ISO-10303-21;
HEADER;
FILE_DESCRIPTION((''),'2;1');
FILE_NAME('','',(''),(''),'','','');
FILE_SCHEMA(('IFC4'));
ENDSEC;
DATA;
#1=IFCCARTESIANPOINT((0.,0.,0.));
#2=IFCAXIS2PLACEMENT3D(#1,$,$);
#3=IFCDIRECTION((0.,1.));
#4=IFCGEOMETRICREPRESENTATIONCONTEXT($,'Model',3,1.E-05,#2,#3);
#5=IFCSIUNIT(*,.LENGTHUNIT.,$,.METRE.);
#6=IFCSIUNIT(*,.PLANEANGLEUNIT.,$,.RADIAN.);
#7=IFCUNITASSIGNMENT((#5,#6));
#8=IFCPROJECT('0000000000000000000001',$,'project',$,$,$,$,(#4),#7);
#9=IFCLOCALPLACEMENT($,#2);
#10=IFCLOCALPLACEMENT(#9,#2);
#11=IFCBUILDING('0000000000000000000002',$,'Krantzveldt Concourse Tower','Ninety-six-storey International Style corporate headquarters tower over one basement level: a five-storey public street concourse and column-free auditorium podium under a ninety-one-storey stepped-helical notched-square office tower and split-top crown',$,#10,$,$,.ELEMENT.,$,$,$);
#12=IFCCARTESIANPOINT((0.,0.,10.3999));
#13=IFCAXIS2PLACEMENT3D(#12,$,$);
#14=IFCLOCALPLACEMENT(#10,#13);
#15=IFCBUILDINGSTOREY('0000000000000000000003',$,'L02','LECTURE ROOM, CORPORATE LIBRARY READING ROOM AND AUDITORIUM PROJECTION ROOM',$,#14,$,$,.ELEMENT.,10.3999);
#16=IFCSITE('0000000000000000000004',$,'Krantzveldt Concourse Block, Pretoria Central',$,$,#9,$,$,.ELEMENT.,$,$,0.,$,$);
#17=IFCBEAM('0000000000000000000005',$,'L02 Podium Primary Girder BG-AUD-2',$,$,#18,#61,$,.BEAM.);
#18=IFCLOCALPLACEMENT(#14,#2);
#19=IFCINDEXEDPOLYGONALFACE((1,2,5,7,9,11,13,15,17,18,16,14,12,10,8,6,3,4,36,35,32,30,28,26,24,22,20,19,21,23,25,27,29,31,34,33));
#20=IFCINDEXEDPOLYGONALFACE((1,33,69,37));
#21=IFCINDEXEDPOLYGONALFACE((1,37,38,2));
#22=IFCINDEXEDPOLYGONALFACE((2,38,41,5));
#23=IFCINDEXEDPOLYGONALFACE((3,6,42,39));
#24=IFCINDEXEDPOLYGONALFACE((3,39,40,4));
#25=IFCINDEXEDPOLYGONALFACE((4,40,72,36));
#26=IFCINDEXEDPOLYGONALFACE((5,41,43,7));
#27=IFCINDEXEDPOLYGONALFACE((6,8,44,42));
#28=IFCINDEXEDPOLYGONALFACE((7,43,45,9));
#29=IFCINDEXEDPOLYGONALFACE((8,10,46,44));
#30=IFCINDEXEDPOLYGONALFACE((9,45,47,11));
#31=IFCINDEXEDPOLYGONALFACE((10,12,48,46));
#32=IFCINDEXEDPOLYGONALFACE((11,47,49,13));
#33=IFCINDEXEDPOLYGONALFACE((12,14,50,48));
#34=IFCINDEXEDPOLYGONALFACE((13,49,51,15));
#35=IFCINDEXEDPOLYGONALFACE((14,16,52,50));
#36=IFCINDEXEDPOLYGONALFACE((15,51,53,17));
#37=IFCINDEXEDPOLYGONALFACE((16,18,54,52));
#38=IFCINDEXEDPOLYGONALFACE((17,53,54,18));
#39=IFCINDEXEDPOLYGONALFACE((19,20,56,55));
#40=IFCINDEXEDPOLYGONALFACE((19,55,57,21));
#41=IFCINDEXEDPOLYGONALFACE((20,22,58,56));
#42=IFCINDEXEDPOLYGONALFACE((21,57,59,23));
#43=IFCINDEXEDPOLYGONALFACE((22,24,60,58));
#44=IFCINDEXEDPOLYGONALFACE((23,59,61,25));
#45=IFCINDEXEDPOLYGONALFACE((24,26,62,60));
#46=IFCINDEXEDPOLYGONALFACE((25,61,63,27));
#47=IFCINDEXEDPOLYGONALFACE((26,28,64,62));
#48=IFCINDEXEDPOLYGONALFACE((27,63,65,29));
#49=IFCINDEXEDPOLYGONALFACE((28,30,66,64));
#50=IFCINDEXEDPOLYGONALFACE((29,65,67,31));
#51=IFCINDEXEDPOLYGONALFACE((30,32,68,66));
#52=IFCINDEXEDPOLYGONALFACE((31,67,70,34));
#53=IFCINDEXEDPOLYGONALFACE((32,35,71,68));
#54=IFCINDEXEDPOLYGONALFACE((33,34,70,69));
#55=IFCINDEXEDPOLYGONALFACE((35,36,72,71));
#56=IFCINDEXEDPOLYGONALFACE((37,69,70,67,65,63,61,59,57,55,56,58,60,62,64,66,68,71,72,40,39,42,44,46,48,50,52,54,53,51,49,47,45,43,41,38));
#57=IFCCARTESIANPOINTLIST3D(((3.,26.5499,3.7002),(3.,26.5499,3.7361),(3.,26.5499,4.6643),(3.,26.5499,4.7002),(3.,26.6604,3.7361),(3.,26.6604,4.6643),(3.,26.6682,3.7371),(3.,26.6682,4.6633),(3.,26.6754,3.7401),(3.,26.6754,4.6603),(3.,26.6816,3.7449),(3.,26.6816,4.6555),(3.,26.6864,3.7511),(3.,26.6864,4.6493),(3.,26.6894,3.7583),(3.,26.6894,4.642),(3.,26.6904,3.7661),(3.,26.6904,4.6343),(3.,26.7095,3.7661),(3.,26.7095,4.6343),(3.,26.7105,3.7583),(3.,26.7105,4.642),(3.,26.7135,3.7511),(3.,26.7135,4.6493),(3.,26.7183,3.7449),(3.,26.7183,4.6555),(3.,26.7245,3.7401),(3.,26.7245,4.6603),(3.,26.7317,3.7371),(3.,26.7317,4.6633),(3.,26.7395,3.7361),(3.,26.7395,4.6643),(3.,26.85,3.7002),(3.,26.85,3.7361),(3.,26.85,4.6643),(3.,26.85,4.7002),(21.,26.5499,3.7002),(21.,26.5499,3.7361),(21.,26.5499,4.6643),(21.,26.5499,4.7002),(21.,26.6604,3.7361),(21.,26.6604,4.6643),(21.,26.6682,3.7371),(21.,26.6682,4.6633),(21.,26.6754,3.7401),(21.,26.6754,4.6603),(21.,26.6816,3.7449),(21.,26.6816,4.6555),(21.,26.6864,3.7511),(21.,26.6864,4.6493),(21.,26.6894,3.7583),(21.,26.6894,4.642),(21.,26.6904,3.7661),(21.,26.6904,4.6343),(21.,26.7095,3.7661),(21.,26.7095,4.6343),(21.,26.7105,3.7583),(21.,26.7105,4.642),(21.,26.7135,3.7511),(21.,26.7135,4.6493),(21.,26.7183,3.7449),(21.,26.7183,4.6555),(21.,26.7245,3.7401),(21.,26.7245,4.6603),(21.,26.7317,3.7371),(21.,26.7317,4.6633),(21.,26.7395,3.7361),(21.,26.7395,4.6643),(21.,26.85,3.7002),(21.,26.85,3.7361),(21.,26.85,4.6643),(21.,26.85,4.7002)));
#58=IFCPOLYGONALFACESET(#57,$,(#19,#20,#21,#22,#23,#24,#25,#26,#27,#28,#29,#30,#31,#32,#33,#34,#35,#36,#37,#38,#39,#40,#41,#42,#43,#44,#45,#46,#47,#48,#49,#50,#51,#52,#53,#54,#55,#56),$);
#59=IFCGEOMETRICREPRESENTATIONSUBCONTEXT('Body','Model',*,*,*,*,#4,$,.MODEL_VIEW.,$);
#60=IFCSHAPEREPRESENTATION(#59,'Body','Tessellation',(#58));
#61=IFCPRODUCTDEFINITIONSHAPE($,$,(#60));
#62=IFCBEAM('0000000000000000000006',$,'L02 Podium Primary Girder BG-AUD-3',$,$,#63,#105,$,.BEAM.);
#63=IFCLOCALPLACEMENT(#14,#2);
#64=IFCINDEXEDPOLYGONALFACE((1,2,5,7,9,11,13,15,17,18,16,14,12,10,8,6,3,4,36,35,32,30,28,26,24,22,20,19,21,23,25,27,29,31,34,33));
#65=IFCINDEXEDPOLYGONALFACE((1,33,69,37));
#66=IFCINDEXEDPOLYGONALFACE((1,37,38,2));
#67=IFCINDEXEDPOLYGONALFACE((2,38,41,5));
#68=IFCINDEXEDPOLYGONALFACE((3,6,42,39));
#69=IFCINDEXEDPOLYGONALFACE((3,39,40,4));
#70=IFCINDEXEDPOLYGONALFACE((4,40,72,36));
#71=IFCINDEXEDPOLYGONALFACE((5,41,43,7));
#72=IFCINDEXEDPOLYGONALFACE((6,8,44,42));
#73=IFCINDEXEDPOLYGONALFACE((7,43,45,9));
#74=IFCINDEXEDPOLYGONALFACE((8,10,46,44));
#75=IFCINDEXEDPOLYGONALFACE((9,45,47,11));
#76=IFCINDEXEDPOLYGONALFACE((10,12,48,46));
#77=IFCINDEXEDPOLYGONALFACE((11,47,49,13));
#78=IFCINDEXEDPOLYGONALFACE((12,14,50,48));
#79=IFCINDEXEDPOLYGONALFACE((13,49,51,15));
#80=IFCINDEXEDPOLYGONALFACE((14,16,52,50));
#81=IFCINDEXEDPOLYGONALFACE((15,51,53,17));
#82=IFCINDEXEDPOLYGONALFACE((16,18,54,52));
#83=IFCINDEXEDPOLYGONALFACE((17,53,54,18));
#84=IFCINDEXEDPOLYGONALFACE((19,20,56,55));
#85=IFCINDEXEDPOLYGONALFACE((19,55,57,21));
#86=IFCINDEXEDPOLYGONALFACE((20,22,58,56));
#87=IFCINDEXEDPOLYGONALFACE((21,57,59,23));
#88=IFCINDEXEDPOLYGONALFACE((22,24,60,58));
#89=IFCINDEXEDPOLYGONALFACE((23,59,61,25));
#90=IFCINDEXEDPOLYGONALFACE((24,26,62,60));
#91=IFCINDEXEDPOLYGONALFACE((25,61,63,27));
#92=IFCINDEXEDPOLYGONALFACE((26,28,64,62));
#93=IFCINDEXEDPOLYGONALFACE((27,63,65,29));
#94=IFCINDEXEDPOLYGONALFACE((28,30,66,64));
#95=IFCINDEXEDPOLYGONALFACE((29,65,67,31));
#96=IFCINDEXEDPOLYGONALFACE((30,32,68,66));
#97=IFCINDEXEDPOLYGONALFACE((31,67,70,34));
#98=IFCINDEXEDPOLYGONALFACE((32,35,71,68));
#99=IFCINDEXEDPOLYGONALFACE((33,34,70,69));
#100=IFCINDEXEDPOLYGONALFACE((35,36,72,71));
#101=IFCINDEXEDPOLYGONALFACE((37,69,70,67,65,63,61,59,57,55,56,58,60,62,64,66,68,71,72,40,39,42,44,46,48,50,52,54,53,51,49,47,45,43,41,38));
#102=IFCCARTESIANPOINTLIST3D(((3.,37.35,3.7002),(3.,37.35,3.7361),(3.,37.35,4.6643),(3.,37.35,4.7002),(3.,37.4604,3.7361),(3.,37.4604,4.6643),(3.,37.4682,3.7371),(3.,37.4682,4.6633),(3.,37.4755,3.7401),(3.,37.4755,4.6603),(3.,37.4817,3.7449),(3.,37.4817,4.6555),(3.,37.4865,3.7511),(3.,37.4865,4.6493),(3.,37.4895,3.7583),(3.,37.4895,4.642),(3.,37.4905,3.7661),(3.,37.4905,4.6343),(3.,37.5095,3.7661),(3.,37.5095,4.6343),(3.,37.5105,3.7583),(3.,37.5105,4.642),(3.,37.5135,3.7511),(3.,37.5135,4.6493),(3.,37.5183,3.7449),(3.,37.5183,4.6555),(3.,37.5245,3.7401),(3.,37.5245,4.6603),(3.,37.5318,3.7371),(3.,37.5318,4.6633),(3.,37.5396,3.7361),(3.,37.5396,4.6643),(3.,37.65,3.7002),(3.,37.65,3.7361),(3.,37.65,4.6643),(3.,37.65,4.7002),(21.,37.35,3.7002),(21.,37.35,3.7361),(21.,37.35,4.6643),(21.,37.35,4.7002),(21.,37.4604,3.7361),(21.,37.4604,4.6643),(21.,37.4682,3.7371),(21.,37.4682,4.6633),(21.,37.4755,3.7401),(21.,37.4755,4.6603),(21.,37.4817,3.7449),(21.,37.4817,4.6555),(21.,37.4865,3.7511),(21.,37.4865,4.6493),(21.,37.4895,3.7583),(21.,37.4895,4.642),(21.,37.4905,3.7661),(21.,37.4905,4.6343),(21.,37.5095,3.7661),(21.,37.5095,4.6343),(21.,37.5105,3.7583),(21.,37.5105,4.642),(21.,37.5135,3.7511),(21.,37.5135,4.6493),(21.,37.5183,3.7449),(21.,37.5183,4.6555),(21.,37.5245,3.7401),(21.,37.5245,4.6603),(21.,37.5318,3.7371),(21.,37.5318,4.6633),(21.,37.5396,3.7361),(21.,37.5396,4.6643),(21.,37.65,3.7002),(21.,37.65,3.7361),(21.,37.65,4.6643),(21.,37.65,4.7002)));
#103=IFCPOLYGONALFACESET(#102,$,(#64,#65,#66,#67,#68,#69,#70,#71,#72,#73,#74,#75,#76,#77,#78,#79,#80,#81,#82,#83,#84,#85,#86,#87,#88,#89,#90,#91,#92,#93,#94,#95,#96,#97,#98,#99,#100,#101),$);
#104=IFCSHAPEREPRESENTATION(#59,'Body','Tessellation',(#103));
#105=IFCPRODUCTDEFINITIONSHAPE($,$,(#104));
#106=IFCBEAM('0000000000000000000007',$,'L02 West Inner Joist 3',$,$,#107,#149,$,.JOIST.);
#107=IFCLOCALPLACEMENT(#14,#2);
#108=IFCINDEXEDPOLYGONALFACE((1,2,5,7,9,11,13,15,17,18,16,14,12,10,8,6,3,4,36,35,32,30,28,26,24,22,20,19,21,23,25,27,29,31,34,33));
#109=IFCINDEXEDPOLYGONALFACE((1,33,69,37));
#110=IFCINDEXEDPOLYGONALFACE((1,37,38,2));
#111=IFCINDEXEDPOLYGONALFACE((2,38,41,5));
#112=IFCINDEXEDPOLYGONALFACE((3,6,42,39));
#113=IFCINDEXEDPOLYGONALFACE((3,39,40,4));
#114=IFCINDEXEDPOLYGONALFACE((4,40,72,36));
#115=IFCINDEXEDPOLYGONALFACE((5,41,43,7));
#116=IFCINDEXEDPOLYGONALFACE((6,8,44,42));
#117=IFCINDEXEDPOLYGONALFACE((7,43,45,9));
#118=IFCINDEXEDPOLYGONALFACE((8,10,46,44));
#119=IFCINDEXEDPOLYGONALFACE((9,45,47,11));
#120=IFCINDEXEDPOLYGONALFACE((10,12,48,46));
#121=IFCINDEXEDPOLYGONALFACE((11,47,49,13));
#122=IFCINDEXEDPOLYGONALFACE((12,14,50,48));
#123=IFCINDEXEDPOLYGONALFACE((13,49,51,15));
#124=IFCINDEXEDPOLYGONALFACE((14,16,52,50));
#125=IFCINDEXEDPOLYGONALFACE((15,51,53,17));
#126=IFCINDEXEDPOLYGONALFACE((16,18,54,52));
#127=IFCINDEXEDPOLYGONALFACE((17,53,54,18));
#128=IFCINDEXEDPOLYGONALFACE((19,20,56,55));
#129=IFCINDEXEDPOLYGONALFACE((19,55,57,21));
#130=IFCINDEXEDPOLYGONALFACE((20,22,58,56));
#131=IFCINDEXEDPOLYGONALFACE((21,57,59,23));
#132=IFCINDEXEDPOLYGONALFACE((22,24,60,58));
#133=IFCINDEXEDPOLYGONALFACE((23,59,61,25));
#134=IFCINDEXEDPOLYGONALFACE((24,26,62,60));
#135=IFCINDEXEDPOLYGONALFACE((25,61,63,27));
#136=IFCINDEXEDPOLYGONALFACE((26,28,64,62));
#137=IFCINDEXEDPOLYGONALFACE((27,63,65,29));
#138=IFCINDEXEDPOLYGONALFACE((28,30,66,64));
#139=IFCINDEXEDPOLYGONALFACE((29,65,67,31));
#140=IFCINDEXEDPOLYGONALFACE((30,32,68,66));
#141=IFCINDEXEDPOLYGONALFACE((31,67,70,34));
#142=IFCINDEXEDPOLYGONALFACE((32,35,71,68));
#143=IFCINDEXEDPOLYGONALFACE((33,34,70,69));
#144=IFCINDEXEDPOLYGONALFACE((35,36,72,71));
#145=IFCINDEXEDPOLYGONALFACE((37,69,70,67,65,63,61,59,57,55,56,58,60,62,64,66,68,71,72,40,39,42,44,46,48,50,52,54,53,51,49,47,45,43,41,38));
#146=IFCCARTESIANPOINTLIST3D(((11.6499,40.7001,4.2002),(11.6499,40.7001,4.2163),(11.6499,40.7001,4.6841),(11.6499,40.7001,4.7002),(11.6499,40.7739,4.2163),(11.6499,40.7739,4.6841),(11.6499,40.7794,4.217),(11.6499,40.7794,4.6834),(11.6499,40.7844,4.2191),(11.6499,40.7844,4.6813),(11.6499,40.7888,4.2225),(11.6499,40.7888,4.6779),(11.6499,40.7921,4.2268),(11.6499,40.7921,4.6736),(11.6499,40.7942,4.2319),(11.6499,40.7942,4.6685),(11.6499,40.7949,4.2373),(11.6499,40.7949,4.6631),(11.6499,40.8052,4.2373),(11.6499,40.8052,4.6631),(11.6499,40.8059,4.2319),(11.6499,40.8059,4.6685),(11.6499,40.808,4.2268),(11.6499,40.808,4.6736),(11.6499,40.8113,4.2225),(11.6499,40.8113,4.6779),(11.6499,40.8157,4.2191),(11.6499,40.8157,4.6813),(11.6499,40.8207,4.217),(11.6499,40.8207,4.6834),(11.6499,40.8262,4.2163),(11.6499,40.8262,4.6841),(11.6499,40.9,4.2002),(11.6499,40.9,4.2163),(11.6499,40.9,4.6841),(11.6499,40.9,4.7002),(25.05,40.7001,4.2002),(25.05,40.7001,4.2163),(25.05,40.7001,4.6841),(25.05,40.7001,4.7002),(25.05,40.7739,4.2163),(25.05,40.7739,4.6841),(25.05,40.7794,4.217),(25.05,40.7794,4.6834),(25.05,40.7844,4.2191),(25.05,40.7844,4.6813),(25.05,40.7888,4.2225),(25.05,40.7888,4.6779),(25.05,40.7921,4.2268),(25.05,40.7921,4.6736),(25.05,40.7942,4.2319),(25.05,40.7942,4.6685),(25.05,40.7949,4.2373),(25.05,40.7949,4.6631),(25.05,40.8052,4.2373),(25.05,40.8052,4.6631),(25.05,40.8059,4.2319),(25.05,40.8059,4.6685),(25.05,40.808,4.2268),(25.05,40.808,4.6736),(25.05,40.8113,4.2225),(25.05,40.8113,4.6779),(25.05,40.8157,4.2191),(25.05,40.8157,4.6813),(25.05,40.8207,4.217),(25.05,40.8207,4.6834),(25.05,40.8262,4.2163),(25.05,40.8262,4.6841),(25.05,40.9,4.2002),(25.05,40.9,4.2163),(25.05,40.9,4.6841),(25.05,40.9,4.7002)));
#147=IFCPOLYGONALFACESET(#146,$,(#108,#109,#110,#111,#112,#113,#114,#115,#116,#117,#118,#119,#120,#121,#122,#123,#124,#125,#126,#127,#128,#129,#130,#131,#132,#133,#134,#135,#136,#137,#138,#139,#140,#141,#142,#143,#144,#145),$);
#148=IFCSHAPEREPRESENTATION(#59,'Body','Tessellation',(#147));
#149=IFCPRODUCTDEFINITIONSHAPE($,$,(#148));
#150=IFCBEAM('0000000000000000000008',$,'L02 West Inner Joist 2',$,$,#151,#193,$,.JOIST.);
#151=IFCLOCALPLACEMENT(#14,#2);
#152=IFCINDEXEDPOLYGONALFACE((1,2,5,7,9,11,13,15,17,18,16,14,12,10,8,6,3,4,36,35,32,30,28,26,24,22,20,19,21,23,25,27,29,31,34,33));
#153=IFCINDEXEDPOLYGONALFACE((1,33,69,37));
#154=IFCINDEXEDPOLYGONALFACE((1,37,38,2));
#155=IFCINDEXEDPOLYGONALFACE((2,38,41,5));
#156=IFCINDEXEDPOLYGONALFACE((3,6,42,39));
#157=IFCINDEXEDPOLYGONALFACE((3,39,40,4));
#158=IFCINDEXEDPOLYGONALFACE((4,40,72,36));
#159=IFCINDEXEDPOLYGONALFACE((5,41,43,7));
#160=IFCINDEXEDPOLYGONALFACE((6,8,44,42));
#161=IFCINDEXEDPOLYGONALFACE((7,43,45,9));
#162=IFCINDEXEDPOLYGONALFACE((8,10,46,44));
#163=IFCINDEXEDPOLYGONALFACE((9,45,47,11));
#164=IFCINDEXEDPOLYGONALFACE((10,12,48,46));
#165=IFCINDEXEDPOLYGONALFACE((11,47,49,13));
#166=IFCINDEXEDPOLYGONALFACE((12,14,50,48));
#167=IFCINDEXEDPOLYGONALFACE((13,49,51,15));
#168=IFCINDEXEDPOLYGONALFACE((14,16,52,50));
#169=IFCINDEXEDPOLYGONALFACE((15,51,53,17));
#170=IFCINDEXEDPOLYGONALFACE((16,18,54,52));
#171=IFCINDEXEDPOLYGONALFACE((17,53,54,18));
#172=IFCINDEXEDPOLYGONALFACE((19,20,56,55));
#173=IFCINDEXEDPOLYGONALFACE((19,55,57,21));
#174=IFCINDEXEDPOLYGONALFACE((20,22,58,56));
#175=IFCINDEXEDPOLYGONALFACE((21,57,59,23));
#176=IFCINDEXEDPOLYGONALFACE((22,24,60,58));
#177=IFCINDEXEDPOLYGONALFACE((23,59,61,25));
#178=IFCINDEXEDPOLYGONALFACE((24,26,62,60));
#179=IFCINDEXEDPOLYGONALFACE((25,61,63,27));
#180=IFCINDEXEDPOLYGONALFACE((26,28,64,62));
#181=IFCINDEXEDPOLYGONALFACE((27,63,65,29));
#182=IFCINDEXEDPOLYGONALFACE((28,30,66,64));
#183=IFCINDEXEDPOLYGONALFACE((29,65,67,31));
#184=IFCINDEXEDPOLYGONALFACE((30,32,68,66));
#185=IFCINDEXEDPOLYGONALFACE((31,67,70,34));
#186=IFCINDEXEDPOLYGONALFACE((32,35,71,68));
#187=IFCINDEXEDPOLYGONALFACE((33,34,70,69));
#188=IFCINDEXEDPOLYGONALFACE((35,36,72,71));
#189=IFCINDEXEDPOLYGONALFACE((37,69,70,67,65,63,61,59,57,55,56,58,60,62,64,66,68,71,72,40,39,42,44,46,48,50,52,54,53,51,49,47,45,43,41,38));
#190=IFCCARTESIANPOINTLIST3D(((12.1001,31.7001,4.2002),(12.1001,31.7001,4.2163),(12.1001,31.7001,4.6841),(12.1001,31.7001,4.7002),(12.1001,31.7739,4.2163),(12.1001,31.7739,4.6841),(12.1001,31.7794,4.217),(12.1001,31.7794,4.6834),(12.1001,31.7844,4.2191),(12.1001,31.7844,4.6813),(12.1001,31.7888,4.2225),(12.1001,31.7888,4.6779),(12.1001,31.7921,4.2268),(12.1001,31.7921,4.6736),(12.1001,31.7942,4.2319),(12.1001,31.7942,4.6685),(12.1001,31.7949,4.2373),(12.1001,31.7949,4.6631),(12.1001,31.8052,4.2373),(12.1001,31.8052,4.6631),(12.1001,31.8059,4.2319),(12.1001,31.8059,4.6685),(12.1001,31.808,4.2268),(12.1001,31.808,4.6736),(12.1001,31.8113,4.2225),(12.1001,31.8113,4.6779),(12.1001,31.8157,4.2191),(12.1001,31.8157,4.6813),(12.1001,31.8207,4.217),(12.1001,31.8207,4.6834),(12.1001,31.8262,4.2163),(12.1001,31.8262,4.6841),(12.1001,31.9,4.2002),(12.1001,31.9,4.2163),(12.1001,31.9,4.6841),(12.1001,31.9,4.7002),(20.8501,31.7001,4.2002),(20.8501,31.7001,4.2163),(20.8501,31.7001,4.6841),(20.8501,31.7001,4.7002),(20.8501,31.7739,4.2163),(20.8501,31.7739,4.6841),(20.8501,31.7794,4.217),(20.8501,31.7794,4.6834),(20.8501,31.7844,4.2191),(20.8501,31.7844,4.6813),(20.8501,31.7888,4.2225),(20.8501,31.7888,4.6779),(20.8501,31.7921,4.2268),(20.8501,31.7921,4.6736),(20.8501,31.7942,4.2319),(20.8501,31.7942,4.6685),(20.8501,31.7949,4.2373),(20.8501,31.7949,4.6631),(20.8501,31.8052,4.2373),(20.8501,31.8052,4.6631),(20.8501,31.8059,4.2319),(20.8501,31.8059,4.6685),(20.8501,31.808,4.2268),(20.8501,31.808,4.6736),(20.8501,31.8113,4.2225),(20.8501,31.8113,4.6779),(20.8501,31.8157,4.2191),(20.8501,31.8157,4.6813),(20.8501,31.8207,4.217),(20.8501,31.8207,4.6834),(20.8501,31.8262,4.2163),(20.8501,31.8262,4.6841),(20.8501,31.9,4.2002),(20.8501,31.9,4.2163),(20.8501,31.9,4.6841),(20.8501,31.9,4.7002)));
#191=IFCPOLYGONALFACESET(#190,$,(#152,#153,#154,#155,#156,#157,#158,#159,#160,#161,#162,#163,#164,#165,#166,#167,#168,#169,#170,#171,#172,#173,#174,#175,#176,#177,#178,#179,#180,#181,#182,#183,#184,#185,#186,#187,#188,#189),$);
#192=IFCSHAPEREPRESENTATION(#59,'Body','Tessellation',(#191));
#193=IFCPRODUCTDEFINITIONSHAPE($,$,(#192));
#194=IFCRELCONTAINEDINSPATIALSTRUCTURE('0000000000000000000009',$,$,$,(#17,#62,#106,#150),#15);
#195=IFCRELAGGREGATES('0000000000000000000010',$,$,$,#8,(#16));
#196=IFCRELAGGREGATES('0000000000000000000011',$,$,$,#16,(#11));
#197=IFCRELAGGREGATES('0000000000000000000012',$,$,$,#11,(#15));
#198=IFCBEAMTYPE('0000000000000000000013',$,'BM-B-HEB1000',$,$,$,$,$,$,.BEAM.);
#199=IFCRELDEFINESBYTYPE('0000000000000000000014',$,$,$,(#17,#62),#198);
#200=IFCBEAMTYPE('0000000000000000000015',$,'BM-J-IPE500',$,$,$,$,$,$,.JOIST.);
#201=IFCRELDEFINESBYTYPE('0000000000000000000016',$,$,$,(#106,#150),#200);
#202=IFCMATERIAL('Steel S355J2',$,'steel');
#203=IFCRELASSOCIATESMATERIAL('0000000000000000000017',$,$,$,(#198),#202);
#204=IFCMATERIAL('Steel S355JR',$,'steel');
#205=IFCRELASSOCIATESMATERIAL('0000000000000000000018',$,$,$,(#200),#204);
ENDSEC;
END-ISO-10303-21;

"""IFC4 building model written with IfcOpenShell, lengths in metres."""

from ifc_helpers import new_model, si_unit, direction, frame, origin, origin_2d, place, context, subcontext, project, spatial, i_section, extrude, source, transform, mapped, material, material_profile, profile_set, type_object, type_shapes, element, save


model = new_model("IFC4")

# Units and contexts
model_context = context("Model", 3, precision=1e-05, world=origin(), true_north=direction((0.0, 1.0)))
body_context = subcontext(model_context, "Body", "Model", "MODEL_VIEW")
ifc_project = project(units=[si_unit("LENGTHUNIT", "METRE"), si_unit("PLANEANGLEUNIT", "RADIAN")], contexts=[model_context])

# Site, building, storey
site_placement = place(None, origin())
site = spatial("IfcSite", under=ifc_project, at=site_placement, Name="Krantzveldt Concourse Block, Pretoria Central", CompositionType="ELEMENT", RefElevation=0.0)
building_placement = place(site_placement, origin())
building = spatial("IfcBuilding", under=site, at=building_placement, Name="Krantzveldt Concourse Tower", Description="Ninety-six-storey International Style corporate headquarters tower over one basement level: a five-storey public street concourse and column-free auditorium podium under a ninety-one-storey stepped-helical notched-square office tower and split-top crown", CompositionType="ELEMENT")
storey_placement = place(building_placement, frame((0.0, 0.0, 10.3999)))
storey = spatial("IfcBuildingStorey", under=building, at=storey_placement, Name="L02", Description="LECTURE ROOM, CORPORATE LIBRARY READING ROOM AND AUDITORIUM PROJECTION ROOM", CompositionType="ELEMENT", Elevation=10.3999)

# Beams
ifc_material_1 = material(Name="Steel S355JR", Category="steel")
ifc_material_2 = material(Name="Steel S355J2", Category="steel")
ifc_material_profile_1 = material_profile(ifc_material_2, i_section(OverallWidth=0.3, OverallDepth=1.0, WebThickness=0.019, FlangeThickness=0.0359, FilletRadius=0.03, at=origin_2d()), Name="Steel S355J2", Category="steel")
ifc_profile_set_1 = profile_set([ifc_material_profile_1], Name="Steel S355J2 - HEB 1000")
beam_type_1 = type_object("IfcBeamType", Name="BM-B-HEB1000", PredefinedType="BEAM", material=ifc_profile_set_1)
shared_shape_1 = source(origin(), body_context, "Body", "SweptSolid", [
    extrude(i_section(OverallWidth=0.3, OverallDepth=1.0, WebThickness=0.019, FlangeThickness=0.0359, FilletRadius=0.03, at=origin_2d()), origin(), (0.0, 0.0, 1.0), 18.0),
])
type_shapes(beam_type_1, [shared_shape_1])
for number, where, z_axis, x_axis, name in (
    (1, (3.0, 26.7, 4.2002), (1.0, 0.0, 0.0), (0.0, 1.0, 0.0), "L02 Podium Primary Girder BG-AUD-2"),
    (2, (3.0, 37.5, 4.2002), (1.0, 0.0, 0.0), (0.0, 1.0, 0.0), "L02 Podium Primary Girder BG-AUD-3"),
):
    element("IfcBeam", number, at=place(storey_placement, frame(where, z_axis=z_axis, x_axis=x_axis)), inside=storey, type_object=beam_type_1, Name=name, PredefinedType="BEAM", context=body_context, shape_type="MappedRepresentation", body=[
        mapped(shared_shape_1, transform((0.0, 0.0, 0.0), x_axis=(1.0, 0.0, 0.0), y_axis=(0.0, 1.0, 0.0), z_axis=(0.0, 0.0, 1.0), scale=1.0)),
    ])
ifc_material_profile_2 = material_profile(ifc_material_1, i_section(OverallWidth=0.2, OverallDepth=0.5, WebThickness=0.0103, FlangeThickness=0.0161, FilletRadius=0.021, at=origin_2d()), Name="Steel S355JR", Category="steel")
ifc_profile_set_2 = profile_set([ifc_material_profile_2], Name="Steel S355JR - IPE 500")
beam_type_2 = type_object("IfcBeamType", Name="BM-J-IPE500", PredefinedType="JOIST", material=ifc_profile_set_2)
shared_shape_2 = source(origin(), body_context, "Body", "SweptSolid", [
    extrude(i_section(OverallWidth=0.2, OverallDepth=0.5, WebThickness=0.0103, FlangeThickness=0.0161, FilletRadius=0.021, at=origin_2d()), origin(), (0.0, 0.0, 1.0), 13.4001),
])
beam_1_placement = place(storey_placement, frame((11.6499, 40.8, 4.4502), z_axis=(1.0, 0.0, 0.0), x_axis=(0.0, 1.0, 0.0)))
element("IfcBeam", 3, at=beam_1_placement, inside=storey, type_object=beam_type_2, Name="L02 West Inner Joist 3", PredefinedType="JOIST", context=body_context, shape_type="MappedRepresentation", body=[
    mapped(shared_shape_2, transform((0.0, 0.0, 0.0), x_axis=(1.0, 0.0, 0.0), y_axis=(0.0, 1.0, 0.0), z_axis=(0.0, 0.0, 1.0), scale=1.0)),
])
shared_shape_3 = source(origin(), body_context, "Body", "SweptSolid", [
    extrude(i_section(OverallWidth=0.2, OverallDepth=0.5, WebThickness=0.0103, FlangeThickness=0.0161, FilletRadius=0.021, at=origin_2d()), origin(), (0.0, 0.0, 1.0), 8.75),
])
type_shapes(beam_type_2, [shared_shape_2, shared_shape_3])
beam_2_placement = place(storey_placement, frame((12.1001, 31.8, 4.4502), z_axis=(1.0, 0.0, 0.0), x_axis=(0.0, 1.0, 0.0)))
element("IfcBeam", 4, at=beam_2_placement, inside=storey, type_object=beam_type_2, Name="L02 West Inner Joist 2", PredefinedType="JOIST", context=body_context, shape_type="MappedRepresentation", body=[
    mapped(shared_shape_3, transform((0.0, 0.0, 0.0), x_axis=(1.0, 0.0, 0.0), y_axis=(0.0, 1.0, 0.0), z_axis=(0.0, 0.0, 1.0), scale=1.0)),
])

save(model, "model.ifc")
